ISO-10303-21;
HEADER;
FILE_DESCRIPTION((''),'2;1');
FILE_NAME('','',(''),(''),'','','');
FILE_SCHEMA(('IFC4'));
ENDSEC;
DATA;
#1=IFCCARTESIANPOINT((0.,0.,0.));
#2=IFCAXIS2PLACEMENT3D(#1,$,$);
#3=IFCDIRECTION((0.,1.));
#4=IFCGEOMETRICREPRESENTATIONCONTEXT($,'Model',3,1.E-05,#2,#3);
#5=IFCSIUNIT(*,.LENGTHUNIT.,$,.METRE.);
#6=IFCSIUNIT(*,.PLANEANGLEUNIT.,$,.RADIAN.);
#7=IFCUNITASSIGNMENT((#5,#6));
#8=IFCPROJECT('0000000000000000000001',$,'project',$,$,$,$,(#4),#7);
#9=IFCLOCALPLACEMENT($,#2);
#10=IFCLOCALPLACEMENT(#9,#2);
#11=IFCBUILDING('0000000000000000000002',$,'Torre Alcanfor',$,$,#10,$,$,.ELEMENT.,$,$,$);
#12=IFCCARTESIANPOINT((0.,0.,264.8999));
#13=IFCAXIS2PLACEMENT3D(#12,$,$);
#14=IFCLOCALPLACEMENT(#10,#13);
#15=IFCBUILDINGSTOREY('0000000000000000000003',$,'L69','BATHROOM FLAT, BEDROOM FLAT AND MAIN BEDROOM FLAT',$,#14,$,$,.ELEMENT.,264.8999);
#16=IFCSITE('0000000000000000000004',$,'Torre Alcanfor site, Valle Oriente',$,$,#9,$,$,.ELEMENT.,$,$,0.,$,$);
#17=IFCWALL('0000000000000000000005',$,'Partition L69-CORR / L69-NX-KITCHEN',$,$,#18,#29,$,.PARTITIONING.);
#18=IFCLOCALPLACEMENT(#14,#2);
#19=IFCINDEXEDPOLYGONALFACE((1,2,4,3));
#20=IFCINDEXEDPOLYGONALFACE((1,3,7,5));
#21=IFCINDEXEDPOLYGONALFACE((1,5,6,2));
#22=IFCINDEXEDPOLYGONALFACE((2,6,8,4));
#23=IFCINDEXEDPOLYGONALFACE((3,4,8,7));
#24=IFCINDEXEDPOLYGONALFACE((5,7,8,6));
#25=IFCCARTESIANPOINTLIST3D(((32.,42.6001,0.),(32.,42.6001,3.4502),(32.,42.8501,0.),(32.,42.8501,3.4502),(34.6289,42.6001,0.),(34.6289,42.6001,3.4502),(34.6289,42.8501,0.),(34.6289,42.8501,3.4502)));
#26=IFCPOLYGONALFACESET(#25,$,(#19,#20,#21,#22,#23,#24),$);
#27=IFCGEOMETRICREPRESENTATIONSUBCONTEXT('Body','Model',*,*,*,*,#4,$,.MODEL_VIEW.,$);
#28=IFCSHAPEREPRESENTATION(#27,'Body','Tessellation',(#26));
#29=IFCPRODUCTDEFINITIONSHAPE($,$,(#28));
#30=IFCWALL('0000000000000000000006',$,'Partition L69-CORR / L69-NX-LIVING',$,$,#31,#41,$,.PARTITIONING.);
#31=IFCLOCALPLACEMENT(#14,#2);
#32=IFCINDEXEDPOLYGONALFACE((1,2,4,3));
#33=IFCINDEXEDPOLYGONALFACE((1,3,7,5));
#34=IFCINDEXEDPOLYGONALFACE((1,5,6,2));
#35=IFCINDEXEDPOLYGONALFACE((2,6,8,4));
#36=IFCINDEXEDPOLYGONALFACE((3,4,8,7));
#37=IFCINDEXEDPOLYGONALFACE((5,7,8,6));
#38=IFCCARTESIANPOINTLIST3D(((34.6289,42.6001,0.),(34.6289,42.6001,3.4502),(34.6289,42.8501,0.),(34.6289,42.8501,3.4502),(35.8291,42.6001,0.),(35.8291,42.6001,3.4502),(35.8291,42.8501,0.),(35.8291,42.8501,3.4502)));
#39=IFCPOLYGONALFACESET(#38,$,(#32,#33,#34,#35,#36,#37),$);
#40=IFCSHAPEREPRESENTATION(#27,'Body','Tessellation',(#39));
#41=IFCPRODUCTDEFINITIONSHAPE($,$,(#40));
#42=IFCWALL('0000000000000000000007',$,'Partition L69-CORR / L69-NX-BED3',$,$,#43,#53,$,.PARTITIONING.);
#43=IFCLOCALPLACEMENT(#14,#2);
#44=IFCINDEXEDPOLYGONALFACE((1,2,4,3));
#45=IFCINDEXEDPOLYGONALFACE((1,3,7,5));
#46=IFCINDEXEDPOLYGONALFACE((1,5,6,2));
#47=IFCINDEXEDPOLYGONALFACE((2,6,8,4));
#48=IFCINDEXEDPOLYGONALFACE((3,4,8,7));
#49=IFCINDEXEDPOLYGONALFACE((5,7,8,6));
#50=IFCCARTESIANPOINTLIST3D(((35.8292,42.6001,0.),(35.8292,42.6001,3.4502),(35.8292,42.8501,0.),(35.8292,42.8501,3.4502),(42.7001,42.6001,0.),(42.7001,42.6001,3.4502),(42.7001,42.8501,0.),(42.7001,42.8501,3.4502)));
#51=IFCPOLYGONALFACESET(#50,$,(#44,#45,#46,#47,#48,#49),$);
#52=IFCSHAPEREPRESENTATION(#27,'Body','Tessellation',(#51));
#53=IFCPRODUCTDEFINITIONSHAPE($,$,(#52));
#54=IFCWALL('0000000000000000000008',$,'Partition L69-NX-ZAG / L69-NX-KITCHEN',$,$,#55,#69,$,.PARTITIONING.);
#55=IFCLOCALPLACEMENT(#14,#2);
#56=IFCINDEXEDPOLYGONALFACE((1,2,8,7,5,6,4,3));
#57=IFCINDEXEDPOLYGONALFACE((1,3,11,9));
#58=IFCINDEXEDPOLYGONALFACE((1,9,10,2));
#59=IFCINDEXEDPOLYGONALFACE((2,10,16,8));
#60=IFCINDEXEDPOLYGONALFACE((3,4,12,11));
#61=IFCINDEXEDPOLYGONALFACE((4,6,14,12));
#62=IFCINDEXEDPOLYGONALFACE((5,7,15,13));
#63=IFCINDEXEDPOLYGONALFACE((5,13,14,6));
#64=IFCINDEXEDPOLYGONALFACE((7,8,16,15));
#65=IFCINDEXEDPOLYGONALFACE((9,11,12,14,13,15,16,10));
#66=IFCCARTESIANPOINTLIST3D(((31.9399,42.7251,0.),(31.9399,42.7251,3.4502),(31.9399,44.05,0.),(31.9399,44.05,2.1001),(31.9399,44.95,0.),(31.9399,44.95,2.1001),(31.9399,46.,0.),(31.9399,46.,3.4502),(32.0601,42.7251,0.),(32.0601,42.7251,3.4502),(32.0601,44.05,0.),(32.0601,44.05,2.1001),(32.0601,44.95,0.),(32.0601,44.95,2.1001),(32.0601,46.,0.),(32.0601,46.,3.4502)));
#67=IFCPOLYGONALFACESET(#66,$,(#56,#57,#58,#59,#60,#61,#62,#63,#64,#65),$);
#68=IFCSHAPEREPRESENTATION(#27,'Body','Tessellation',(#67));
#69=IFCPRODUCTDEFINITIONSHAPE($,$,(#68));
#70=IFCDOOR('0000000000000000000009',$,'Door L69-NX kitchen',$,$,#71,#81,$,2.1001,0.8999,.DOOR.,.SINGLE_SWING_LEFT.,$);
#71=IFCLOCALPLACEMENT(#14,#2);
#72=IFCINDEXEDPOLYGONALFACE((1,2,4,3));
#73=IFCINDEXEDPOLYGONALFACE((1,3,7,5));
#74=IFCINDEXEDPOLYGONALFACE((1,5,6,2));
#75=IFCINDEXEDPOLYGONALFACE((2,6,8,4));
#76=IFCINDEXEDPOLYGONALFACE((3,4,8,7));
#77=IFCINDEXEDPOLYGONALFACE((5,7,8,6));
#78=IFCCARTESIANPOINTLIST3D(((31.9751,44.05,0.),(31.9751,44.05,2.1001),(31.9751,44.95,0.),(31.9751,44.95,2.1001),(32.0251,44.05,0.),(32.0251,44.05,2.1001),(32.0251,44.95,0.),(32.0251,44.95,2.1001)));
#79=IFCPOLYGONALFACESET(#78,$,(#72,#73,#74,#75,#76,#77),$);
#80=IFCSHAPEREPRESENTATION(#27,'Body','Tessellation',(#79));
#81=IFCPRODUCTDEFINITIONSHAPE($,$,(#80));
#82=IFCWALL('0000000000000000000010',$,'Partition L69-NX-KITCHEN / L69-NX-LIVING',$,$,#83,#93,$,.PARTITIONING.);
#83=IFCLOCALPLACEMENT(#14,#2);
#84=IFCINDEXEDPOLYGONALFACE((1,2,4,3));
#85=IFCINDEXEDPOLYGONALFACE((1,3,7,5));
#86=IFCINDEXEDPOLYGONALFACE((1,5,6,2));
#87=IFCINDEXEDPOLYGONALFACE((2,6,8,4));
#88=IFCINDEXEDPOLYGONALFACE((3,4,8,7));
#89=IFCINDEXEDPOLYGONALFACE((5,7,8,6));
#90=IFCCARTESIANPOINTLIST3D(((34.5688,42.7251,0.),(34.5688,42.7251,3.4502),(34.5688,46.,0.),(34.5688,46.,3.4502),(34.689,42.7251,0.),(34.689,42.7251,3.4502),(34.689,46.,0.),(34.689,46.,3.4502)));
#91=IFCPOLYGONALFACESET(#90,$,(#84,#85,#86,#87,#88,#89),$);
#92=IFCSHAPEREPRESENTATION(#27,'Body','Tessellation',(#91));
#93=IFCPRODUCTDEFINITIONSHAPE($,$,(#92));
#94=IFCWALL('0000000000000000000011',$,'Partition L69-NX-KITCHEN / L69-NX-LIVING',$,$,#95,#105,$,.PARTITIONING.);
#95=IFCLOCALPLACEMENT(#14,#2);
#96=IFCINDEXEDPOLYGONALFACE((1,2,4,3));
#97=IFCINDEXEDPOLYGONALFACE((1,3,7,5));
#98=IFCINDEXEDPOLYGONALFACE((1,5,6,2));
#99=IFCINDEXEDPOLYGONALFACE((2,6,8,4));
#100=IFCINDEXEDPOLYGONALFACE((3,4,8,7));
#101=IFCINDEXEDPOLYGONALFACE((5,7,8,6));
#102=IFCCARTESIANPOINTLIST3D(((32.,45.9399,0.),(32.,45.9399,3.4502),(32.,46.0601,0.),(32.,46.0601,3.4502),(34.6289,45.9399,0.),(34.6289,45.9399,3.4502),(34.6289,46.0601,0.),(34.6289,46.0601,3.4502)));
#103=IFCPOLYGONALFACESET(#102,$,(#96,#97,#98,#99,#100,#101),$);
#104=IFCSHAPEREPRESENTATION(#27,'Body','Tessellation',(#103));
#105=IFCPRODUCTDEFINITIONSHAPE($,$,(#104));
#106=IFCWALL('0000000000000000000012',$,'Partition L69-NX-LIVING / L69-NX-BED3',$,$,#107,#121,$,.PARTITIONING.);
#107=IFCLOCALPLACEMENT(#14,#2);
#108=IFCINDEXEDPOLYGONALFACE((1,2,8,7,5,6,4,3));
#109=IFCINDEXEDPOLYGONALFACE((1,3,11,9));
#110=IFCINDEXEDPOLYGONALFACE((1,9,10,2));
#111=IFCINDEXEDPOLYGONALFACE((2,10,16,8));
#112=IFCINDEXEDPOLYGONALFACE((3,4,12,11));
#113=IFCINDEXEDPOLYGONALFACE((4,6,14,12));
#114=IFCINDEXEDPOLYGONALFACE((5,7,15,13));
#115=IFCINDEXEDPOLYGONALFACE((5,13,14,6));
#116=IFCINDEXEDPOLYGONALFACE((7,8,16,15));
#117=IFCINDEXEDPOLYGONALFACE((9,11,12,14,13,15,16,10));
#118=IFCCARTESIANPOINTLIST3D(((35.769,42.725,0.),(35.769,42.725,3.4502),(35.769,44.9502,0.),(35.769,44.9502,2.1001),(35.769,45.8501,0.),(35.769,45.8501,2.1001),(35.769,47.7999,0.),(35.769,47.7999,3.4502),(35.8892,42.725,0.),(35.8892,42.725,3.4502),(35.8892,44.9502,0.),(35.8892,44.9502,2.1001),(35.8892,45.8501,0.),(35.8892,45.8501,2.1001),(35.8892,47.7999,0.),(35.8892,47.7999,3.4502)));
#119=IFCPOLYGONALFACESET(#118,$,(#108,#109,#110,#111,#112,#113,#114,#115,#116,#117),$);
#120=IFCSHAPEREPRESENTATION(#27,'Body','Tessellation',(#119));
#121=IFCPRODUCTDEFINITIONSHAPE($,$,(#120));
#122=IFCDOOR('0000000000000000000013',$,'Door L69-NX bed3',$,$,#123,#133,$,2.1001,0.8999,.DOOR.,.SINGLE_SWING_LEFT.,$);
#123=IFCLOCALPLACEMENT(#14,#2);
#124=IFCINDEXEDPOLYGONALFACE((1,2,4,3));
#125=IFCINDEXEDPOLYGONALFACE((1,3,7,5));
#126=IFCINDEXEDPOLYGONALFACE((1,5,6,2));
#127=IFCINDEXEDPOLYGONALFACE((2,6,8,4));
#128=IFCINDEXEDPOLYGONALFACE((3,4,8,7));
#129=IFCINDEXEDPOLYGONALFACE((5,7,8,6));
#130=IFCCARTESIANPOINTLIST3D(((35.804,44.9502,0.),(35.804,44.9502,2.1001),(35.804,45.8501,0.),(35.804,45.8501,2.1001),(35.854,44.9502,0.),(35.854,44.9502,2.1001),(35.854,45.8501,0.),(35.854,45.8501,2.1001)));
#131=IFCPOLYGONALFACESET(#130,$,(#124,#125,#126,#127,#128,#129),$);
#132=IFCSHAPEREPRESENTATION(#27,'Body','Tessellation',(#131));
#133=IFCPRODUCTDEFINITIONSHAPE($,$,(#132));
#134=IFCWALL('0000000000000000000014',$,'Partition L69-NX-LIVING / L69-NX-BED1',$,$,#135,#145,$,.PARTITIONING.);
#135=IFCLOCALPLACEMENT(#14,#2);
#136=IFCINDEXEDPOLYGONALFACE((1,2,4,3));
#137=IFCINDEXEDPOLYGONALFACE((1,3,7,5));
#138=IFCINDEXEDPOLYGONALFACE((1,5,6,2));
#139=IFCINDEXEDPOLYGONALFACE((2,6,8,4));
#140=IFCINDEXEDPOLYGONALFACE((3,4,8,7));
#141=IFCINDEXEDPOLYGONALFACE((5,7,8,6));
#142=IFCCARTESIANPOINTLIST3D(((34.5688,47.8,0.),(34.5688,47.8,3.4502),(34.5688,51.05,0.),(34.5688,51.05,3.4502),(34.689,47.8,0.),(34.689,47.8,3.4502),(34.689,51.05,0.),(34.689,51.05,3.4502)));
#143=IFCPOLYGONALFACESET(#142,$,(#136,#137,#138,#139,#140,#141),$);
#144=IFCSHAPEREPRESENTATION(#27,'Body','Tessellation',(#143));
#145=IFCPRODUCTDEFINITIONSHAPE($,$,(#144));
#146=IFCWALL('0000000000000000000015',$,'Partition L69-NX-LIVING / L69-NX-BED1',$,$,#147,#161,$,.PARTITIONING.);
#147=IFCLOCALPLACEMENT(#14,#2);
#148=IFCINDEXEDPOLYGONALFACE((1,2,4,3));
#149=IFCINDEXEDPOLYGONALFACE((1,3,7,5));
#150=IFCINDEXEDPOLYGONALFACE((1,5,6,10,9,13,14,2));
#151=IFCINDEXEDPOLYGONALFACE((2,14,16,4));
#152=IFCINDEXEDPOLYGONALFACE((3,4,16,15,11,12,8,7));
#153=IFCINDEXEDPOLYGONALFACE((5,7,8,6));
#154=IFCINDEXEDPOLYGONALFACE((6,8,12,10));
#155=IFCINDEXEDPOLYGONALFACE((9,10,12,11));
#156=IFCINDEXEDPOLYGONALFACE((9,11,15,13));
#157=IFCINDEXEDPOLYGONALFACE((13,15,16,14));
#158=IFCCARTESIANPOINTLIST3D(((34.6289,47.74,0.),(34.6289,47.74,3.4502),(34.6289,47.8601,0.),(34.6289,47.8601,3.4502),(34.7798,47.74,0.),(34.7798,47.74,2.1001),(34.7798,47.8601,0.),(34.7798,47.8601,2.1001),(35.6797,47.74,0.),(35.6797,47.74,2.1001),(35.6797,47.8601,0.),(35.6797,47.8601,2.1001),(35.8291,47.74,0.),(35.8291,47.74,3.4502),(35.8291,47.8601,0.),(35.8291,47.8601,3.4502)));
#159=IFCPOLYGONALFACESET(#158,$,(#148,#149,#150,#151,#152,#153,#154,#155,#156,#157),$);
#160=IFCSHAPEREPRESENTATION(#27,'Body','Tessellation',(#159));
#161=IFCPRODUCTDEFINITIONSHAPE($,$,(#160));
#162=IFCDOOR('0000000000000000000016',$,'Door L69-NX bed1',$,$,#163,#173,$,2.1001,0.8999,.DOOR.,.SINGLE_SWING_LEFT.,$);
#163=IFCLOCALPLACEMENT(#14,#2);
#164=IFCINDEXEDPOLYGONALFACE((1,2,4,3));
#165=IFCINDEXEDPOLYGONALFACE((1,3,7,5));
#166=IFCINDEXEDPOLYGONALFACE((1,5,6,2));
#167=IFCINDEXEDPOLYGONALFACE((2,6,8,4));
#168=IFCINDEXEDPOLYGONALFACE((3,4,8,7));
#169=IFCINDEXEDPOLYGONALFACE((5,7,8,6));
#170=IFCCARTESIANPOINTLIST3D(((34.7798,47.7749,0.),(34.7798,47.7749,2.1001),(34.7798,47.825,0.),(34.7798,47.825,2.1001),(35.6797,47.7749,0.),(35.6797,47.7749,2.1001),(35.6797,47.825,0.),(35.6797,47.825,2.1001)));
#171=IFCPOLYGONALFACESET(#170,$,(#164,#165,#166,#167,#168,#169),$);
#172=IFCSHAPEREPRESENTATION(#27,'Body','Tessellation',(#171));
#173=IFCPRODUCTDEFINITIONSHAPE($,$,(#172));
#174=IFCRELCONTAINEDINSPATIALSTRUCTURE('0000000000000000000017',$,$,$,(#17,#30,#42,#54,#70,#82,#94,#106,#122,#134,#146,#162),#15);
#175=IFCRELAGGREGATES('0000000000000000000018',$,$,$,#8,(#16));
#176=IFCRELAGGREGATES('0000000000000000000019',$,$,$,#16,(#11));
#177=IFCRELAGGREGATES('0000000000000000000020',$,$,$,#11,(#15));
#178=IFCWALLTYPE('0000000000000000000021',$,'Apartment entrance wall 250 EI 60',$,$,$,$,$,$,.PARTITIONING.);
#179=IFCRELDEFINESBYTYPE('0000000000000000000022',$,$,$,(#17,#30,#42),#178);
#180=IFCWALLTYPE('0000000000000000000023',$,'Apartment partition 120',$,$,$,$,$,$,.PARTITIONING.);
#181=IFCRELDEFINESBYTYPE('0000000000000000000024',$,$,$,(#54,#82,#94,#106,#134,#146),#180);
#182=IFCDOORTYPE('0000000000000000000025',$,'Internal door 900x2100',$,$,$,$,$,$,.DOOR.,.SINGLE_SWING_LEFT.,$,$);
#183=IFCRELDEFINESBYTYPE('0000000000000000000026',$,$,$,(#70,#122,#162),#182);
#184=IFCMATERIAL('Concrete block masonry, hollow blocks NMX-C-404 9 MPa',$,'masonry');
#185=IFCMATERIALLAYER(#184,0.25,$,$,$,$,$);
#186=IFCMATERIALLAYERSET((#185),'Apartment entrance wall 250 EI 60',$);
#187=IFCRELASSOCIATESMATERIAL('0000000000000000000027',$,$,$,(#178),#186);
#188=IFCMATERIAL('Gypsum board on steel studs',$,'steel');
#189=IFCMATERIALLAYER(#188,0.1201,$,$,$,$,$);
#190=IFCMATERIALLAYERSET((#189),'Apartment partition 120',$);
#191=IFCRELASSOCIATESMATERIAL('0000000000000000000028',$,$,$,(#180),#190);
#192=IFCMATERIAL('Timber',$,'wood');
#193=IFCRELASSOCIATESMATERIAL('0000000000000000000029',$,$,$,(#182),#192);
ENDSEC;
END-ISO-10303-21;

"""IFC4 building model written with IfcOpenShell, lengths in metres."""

from ifc_helpers import new_model, si_unit, direction, frame, frame_2d, origin, place, context, subcontext, project, spatial, rectangle, extrude, material, layer, layer_set, type_object, element, fill, save


model = new_model("IFC4")

# Units and contexts
model_context = context("Model", 3, precision=1e-05, world=origin(), true_north=direction((0.0, 1.0)))
body_context = subcontext(model_context, "Body", "Model", "MODEL_VIEW")
ifc_project = project(units=[si_unit("LENGTHUNIT", "METRE"), si_unit("PLANEANGLEUNIT", "RADIAN")], contexts=[model_context])

# Site, building, storey
site_placement = place(None, origin())
site = spatial("IfcSite", under=ifc_project, at=site_placement, Name="Torre Alcanfor site, Valle Oriente", CompositionType="ELEMENT", RefElevation=0.0)
building_placement = place(site_placement, origin())
building = spatial("IfcBuilding", under=site, at=building_placement, Name="Torre Alcanfor", CompositionType="ELEMENT")
storey_placement = place(building_placement, frame((0.0, 0.0, 264.8999)))
storey = spatial("IfcBuildingStorey", under=building, at=storey_placement, Name="L69", Description="BATHROOM FLAT, BEDROOM FLAT AND MAIN BEDROOM FLAT", CompositionType="ELEMENT", Elevation=264.8999)

# Walls
ifc_material_1 = material(Name="Concrete block masonry, hollow blocks NMX-C-404 9 MPa", Category="masonry")
ifc_layer_1 = layer(ifc_material_1, 0.25)
ifc_layer_set_1 = layer_set([ifc_layer_1], Name="Apartment entrance wall 250 EI 60")
wall_type_1 = type_object("IfcWallType", Name="Apartment entrance wall 250 EI 60", PredefinedType="PARTITIONING", material=ifc_layer_set_1)
wall_1_placement = place(storey_placement, frame((32.0, 42.7251, 0.0), z_axis=(0.0, 0.0, 1.0), x_axis=(1.0, 0.0, 0.0)))
element("IfcWall", 1, at=wall_1_placement, inside=storey, type_object=wall_type_1, Name="Partition L69-CORR / L69-NX-KITCHEN", PredefinedType="PARTITIONING", context=body_context, shape_type="SweptSolid", body=[
    extrude(rectangle(XDim=2.6289, YDim=0.25, at=frame_2d((1.3145, 0.0))), origin(), (0.0, 0.0, 1.0), 3.4502),
])
wall_2_placement = place(storey_placement, frame((34.6289, 42.7251, 0.0), z_axis=(0.0, 0.0, 1.0), x_axis=(1.0, 0.0, 0.0)))
element("IfcWall", 2, at=wall_2_placement, inside=storey, type_object=wall_type_1, Name="Partition L69-CORR / L69-NX-LIVING", PredefinedType="PARTITIONING", context=body_context, shape_type="SweptSolid", body=[
    extrude(rectangle(XDim=1.2002, YDim=0.25, at=frame_2d((0.6001, 0.0))), origin(), (0.0, 0.0, 1.0), 3.4502),
])
wall_3_placement = place(storey_placement, frame((35.8291, 42.7251, 0.0), z_axis=(0.0, 0.0, 1.0), x_axis=(1.0, 0.0, 0.0)))
element("IfcWall", 3, at=wall_3_placement, inside=storey, type_object=wall_type_1, Name="Partition L69-CORR / L69-NX-BED3", PredefinedType="PARTITIONING", context=body_context, shape_type="SweptSolid", body=[
    extrude(rectangle(XDim=6.8708, YDim=0.25, at=frame_2d((3.4355, 0.0))), origin(), (0.0, 0.0, 1.0), 3.4502),
])

# Wall, opening, door
ifc_material_2 = material(Name="Gypsum board on steel studs", Category="steel")
ifc_layer_2 = layer(ifc_material_2, 0.1201)
ifc_layer_set_2 = layer_set([ifc_layer_2], Name="Apartment partition 120")
wall_type_2 = type_object("IfcWallType", Name="Apartment partition 120", PredefinedType="PARTITIONING", material=ifc_layer_set_2)
wall_4_placement = place(storey_placement, frame((32.0, 42.7251, 0.0), z_axis=(0.0, 0.0, 1.0), x_axis=(0.0, 1.0, 0.0)))
wall_4 = element("IfcWall", 4, at=wall_4_placement, inside=storey, type_object=wall_type_2, Name="Partition L69-NX-ZAG / L69-NX-KITCHEN", PredefinedType="PARTITIONING", context=body_context, shape_type="SweptSolid", body=[
    extrude(rectangle(XDim=3.2749, YDim=0.1201, at=frame_2d((1.6375, 0.0))), origin(), (0.0, 0.0, 1.0), 3.4502),
])
opening_1_placement = place(wall_4_placement, frame((1.325, 0.0, 0.0)))
opening_1 = element("IfcOpeningElement", 5, at=opening_1_placement, cuts=wall_4, PredefinedType="OPENING", context=body_context, shape_type="SweptSolid", body=[
    extrude(rectangle(XDim=0.8999, YDim=2.1001, at=frame_2d((0.45, 1.05))), frame((0.0, 0.0701, 0.0), z_axis=(0.0, -1.0, 0.0), x_axis=(1.0, 0.0, 0.0)), (0.0, 0.0, 1.0), 0.1401),
])
ifc_material_3 = material(Name="Timber", Category="wood")
door_type = type_object("IfcDoorType", Name="Internal door 900x2100", OperationType="SINGLE_SWING_LEFT", PredefinedType="DOOR", material=ifc_material_3)
door_1_placement = place(opening_1_placement, frame((0.8999, 0.0, 0.0), z_axis=(0.0, 0.0, 1.0), x_axis=(-1.0, 0.0, 0.0)))
door_1 = element("IfcDoor", 6, at=door_1_placement, inside=storey, type_object=door_type, Name="Door L69-NX kitchen", OperationType="SINGLE_SWING_LEFT", OverallHeight=2.1001, OverallWidth=0.8999, PredefinedType="DOOR", context=body_context, shape_type="SweptSolid", body=[
    extrude(rectangle(XDim=0.8999, YDim=2.1001, at=frame_2d((0.45, 1.05))), frame((0.0, 0.0251, 0.0), z_axis=(0.0, -1.0, 0.0), x_axis=(1.0, 0.0, 0.0)), (0.0, 0.0, 1.0), 0.05),
])
fill(opening_1, door_1)

# Walls
wall_5_placement = place(storey_placement, frame((34.6289, 42.7251, 0.0), z_axis=(0.0, 0.0, 1.0), x_axis=(0.0, 1.0, 0.0)))
element("IfcWall", 7, at=wall_5_placement, inside=storey, type_object=wall_type_2, Name="Partition L69-NX-KITCHEN / L69-NX-LIVING", PredefinedType="PARTITIONING", context=body_context, shape_type="SweptSolid", body=[
    extrude(rectangle(XDim=3.2749, YDim=0.1201, at=frame_2d((1.6375, 0.0))), origin(), (0.0, 0.0, 1.0), 3.4502),
])
wall_6_placement = place(storey_placement, frame((34.6289, 46.0, 0.0), z_axis=(0.0, 0.0, 1.0), x_axis=(-1.0, 0.0, 0.0)))
element("IfcWall", 8, at=wall_6_placement, inside=storey, type_object=wall_type_2, Name="Partition L69-NX-KITCHEN / L69-NX-LIVING", PredefinedType="PARTITIONING", context=body_context, shape_type="SweptSolid", body=[
    extrude(rectangle(XDim=2.6289, YDim=0.1201, at=frame_2d((1.3145, 0.0))), origin(), (0.0, 0.0, 1.0), 3.4502),
])

# Wall, opening, door
wall_7_placement = place(storey_placement, frame((35.8291, 47.8, 0.0), z_axis=(0.0, 0.0, 1.0), x_axis=(0.0, -1.0, 0.0)))
wall_7 = element("IfcWall", 9, at=wall_7_placement, inside=storey, type_object=wall_type_2, Name="Partition L69-NX-LIVING / L69-NX-BED3", PredefinedType="PARTITIONING", context=body_context, shape_type="SweptSolid", body=[
    extrude(rectangle(XDim=5.075, YDim=0.1201, at=frame_2d((2.5376, 0.0))), origin(), (0.0, 0.0, 1.0), 3.4502),
])
opening_2_placement = place(wall_7_placement, frame((1.95, 0.0, 0.0)))
opening_2 = element("IfcOpeningElement", 10, at=opening_2_placement, cuts=wall_7, PredefinedType="OPENING", context=body_context, shape_type="SweptSolid", body=[
    extrude(rectangle(XDim=0.8999, YDim=2.1001, at=frame_2d((0.45, 1.05))), frame((0.0, 0.0701, 0.0), z_axis=(0.0, -1.0, 0.0), x_axis=(1.0, 0.0, 0.0)), (0.0, 0.0, 1.0), 0.1401),
])
door_2_placement = place(opening_2_placement, origin())
door_2 = element("IfcDoor", 11, at=door_2_placement, inside=storey, type_object=door_type, Name="Door L69-NX bed3", OperationType="SINGLE_SWING_LEFT", OverallHeight=2.1001, OverallWidth=0.8999, PredefinedType="DOOR", context=body_context, shape_type="SweptSolid", body=[
    extrude(rectangle(XDim=0.8999, YDim=2.1001, at=frame_2d((0.45, 1.05))), frame((0.0, 0.0249, 0.0), z_axis=(0.0, -1.0, 0.0), x_axis=(1.0, 0.0, 0.0)), (0.0, 0.0, 1.0), 0.05),
])
fill(opening_2, door_2)

# Wall
wall_8_placement = place(storey_placement, frame((34.6289, 51.05, 0.0), z_axis=(0.0, 0.0, 1.0), x_axis=(0.0, -1.0, 0.0)))
element("IfcWall", 12, at=wall_8_placement, inside=storey, type_object=wall_type_2, Name="Partition L69-NX-LIVING / L69-NX-BED1", PredefinedType="PARTITIONING", context=body_context, shape_type="SweptSolid", body=[
    extrude(rectangle(XDim=3.25, YDim=0.1201, at=frame_2d((1.625, 0.0))), origin(), (0.0, 0.0, 1.0), 3.4502),
])

# Wall, opening, door
wall_9_placement = place(storey_placement, frame((34.6289, 47.8, 0.0), z_axis=(0.0, 0.0, 1.0), x_axis=(1.0, 0.0, 0.0)))
wall_9 = element("IfcWall", 13, at=wall_9_placement, inside=storey, type_object=wall_type_2, Name="Partition L69-NX-LIVING / L69-NX-BED1", PredefinedType="PARTITIONING", context=body_context, shape_type="SweptSolid", body=[
    extrude(rectangle(XDim=1.2002, YDim=0.1201, at=frame_2d((0.6001, 0.0))), origin(), (0.0, 0.0, 1.0), 3.4502),
])
opening_3_placement = place(wall_9_placement, frame((0.1509, 0.0, 0.0)))
opening_3 = element("IfcOpeningElement", 14, at=opening_3_placement, cuts=wall_9, PredefinedType="OPENING", context=body_context, shape_type="SweptSolid", body=[
    extrude(rectangle(XDim=0.8999, YDim=2.1001, at=frame_2d((0.45, 1.05))), frame((0.0, 0.0701, 0.0), z_axis=(0.0, -1.0, 0.0), x_axis=(1.0, 0.0, 0.0)), (0.0, 0.0, 1.0), 0.1401),
])
door_3_placement = place(opening_3_placement, origin())
door_3 = element("IfcDoor", 15, at=door_3_placement, inside=storey, type_object=door_type, Name="Door L69-NX bed1", OperationType="SINGLE_SWING_LEFT", OverallHeight=2.1001, OverallWidth=0.8999, PredefinedType="DOOR", context=body_context, shape_type="SweptSolid", body=[
    extrude(rectangle(XDim=0.8999, YDim=2.1001, at=frame_2d((0.45, 1.05))), frame((0.0, 0.0249, 0.0), z_axis=(0.0, -1.0, 0.0), x_axis=(1.0, 0.0, 0.0)), (0.0, 0.0, 1.0), 0.05),
])
fill(opening_3, door_3)

save(model, "model.ifc")
